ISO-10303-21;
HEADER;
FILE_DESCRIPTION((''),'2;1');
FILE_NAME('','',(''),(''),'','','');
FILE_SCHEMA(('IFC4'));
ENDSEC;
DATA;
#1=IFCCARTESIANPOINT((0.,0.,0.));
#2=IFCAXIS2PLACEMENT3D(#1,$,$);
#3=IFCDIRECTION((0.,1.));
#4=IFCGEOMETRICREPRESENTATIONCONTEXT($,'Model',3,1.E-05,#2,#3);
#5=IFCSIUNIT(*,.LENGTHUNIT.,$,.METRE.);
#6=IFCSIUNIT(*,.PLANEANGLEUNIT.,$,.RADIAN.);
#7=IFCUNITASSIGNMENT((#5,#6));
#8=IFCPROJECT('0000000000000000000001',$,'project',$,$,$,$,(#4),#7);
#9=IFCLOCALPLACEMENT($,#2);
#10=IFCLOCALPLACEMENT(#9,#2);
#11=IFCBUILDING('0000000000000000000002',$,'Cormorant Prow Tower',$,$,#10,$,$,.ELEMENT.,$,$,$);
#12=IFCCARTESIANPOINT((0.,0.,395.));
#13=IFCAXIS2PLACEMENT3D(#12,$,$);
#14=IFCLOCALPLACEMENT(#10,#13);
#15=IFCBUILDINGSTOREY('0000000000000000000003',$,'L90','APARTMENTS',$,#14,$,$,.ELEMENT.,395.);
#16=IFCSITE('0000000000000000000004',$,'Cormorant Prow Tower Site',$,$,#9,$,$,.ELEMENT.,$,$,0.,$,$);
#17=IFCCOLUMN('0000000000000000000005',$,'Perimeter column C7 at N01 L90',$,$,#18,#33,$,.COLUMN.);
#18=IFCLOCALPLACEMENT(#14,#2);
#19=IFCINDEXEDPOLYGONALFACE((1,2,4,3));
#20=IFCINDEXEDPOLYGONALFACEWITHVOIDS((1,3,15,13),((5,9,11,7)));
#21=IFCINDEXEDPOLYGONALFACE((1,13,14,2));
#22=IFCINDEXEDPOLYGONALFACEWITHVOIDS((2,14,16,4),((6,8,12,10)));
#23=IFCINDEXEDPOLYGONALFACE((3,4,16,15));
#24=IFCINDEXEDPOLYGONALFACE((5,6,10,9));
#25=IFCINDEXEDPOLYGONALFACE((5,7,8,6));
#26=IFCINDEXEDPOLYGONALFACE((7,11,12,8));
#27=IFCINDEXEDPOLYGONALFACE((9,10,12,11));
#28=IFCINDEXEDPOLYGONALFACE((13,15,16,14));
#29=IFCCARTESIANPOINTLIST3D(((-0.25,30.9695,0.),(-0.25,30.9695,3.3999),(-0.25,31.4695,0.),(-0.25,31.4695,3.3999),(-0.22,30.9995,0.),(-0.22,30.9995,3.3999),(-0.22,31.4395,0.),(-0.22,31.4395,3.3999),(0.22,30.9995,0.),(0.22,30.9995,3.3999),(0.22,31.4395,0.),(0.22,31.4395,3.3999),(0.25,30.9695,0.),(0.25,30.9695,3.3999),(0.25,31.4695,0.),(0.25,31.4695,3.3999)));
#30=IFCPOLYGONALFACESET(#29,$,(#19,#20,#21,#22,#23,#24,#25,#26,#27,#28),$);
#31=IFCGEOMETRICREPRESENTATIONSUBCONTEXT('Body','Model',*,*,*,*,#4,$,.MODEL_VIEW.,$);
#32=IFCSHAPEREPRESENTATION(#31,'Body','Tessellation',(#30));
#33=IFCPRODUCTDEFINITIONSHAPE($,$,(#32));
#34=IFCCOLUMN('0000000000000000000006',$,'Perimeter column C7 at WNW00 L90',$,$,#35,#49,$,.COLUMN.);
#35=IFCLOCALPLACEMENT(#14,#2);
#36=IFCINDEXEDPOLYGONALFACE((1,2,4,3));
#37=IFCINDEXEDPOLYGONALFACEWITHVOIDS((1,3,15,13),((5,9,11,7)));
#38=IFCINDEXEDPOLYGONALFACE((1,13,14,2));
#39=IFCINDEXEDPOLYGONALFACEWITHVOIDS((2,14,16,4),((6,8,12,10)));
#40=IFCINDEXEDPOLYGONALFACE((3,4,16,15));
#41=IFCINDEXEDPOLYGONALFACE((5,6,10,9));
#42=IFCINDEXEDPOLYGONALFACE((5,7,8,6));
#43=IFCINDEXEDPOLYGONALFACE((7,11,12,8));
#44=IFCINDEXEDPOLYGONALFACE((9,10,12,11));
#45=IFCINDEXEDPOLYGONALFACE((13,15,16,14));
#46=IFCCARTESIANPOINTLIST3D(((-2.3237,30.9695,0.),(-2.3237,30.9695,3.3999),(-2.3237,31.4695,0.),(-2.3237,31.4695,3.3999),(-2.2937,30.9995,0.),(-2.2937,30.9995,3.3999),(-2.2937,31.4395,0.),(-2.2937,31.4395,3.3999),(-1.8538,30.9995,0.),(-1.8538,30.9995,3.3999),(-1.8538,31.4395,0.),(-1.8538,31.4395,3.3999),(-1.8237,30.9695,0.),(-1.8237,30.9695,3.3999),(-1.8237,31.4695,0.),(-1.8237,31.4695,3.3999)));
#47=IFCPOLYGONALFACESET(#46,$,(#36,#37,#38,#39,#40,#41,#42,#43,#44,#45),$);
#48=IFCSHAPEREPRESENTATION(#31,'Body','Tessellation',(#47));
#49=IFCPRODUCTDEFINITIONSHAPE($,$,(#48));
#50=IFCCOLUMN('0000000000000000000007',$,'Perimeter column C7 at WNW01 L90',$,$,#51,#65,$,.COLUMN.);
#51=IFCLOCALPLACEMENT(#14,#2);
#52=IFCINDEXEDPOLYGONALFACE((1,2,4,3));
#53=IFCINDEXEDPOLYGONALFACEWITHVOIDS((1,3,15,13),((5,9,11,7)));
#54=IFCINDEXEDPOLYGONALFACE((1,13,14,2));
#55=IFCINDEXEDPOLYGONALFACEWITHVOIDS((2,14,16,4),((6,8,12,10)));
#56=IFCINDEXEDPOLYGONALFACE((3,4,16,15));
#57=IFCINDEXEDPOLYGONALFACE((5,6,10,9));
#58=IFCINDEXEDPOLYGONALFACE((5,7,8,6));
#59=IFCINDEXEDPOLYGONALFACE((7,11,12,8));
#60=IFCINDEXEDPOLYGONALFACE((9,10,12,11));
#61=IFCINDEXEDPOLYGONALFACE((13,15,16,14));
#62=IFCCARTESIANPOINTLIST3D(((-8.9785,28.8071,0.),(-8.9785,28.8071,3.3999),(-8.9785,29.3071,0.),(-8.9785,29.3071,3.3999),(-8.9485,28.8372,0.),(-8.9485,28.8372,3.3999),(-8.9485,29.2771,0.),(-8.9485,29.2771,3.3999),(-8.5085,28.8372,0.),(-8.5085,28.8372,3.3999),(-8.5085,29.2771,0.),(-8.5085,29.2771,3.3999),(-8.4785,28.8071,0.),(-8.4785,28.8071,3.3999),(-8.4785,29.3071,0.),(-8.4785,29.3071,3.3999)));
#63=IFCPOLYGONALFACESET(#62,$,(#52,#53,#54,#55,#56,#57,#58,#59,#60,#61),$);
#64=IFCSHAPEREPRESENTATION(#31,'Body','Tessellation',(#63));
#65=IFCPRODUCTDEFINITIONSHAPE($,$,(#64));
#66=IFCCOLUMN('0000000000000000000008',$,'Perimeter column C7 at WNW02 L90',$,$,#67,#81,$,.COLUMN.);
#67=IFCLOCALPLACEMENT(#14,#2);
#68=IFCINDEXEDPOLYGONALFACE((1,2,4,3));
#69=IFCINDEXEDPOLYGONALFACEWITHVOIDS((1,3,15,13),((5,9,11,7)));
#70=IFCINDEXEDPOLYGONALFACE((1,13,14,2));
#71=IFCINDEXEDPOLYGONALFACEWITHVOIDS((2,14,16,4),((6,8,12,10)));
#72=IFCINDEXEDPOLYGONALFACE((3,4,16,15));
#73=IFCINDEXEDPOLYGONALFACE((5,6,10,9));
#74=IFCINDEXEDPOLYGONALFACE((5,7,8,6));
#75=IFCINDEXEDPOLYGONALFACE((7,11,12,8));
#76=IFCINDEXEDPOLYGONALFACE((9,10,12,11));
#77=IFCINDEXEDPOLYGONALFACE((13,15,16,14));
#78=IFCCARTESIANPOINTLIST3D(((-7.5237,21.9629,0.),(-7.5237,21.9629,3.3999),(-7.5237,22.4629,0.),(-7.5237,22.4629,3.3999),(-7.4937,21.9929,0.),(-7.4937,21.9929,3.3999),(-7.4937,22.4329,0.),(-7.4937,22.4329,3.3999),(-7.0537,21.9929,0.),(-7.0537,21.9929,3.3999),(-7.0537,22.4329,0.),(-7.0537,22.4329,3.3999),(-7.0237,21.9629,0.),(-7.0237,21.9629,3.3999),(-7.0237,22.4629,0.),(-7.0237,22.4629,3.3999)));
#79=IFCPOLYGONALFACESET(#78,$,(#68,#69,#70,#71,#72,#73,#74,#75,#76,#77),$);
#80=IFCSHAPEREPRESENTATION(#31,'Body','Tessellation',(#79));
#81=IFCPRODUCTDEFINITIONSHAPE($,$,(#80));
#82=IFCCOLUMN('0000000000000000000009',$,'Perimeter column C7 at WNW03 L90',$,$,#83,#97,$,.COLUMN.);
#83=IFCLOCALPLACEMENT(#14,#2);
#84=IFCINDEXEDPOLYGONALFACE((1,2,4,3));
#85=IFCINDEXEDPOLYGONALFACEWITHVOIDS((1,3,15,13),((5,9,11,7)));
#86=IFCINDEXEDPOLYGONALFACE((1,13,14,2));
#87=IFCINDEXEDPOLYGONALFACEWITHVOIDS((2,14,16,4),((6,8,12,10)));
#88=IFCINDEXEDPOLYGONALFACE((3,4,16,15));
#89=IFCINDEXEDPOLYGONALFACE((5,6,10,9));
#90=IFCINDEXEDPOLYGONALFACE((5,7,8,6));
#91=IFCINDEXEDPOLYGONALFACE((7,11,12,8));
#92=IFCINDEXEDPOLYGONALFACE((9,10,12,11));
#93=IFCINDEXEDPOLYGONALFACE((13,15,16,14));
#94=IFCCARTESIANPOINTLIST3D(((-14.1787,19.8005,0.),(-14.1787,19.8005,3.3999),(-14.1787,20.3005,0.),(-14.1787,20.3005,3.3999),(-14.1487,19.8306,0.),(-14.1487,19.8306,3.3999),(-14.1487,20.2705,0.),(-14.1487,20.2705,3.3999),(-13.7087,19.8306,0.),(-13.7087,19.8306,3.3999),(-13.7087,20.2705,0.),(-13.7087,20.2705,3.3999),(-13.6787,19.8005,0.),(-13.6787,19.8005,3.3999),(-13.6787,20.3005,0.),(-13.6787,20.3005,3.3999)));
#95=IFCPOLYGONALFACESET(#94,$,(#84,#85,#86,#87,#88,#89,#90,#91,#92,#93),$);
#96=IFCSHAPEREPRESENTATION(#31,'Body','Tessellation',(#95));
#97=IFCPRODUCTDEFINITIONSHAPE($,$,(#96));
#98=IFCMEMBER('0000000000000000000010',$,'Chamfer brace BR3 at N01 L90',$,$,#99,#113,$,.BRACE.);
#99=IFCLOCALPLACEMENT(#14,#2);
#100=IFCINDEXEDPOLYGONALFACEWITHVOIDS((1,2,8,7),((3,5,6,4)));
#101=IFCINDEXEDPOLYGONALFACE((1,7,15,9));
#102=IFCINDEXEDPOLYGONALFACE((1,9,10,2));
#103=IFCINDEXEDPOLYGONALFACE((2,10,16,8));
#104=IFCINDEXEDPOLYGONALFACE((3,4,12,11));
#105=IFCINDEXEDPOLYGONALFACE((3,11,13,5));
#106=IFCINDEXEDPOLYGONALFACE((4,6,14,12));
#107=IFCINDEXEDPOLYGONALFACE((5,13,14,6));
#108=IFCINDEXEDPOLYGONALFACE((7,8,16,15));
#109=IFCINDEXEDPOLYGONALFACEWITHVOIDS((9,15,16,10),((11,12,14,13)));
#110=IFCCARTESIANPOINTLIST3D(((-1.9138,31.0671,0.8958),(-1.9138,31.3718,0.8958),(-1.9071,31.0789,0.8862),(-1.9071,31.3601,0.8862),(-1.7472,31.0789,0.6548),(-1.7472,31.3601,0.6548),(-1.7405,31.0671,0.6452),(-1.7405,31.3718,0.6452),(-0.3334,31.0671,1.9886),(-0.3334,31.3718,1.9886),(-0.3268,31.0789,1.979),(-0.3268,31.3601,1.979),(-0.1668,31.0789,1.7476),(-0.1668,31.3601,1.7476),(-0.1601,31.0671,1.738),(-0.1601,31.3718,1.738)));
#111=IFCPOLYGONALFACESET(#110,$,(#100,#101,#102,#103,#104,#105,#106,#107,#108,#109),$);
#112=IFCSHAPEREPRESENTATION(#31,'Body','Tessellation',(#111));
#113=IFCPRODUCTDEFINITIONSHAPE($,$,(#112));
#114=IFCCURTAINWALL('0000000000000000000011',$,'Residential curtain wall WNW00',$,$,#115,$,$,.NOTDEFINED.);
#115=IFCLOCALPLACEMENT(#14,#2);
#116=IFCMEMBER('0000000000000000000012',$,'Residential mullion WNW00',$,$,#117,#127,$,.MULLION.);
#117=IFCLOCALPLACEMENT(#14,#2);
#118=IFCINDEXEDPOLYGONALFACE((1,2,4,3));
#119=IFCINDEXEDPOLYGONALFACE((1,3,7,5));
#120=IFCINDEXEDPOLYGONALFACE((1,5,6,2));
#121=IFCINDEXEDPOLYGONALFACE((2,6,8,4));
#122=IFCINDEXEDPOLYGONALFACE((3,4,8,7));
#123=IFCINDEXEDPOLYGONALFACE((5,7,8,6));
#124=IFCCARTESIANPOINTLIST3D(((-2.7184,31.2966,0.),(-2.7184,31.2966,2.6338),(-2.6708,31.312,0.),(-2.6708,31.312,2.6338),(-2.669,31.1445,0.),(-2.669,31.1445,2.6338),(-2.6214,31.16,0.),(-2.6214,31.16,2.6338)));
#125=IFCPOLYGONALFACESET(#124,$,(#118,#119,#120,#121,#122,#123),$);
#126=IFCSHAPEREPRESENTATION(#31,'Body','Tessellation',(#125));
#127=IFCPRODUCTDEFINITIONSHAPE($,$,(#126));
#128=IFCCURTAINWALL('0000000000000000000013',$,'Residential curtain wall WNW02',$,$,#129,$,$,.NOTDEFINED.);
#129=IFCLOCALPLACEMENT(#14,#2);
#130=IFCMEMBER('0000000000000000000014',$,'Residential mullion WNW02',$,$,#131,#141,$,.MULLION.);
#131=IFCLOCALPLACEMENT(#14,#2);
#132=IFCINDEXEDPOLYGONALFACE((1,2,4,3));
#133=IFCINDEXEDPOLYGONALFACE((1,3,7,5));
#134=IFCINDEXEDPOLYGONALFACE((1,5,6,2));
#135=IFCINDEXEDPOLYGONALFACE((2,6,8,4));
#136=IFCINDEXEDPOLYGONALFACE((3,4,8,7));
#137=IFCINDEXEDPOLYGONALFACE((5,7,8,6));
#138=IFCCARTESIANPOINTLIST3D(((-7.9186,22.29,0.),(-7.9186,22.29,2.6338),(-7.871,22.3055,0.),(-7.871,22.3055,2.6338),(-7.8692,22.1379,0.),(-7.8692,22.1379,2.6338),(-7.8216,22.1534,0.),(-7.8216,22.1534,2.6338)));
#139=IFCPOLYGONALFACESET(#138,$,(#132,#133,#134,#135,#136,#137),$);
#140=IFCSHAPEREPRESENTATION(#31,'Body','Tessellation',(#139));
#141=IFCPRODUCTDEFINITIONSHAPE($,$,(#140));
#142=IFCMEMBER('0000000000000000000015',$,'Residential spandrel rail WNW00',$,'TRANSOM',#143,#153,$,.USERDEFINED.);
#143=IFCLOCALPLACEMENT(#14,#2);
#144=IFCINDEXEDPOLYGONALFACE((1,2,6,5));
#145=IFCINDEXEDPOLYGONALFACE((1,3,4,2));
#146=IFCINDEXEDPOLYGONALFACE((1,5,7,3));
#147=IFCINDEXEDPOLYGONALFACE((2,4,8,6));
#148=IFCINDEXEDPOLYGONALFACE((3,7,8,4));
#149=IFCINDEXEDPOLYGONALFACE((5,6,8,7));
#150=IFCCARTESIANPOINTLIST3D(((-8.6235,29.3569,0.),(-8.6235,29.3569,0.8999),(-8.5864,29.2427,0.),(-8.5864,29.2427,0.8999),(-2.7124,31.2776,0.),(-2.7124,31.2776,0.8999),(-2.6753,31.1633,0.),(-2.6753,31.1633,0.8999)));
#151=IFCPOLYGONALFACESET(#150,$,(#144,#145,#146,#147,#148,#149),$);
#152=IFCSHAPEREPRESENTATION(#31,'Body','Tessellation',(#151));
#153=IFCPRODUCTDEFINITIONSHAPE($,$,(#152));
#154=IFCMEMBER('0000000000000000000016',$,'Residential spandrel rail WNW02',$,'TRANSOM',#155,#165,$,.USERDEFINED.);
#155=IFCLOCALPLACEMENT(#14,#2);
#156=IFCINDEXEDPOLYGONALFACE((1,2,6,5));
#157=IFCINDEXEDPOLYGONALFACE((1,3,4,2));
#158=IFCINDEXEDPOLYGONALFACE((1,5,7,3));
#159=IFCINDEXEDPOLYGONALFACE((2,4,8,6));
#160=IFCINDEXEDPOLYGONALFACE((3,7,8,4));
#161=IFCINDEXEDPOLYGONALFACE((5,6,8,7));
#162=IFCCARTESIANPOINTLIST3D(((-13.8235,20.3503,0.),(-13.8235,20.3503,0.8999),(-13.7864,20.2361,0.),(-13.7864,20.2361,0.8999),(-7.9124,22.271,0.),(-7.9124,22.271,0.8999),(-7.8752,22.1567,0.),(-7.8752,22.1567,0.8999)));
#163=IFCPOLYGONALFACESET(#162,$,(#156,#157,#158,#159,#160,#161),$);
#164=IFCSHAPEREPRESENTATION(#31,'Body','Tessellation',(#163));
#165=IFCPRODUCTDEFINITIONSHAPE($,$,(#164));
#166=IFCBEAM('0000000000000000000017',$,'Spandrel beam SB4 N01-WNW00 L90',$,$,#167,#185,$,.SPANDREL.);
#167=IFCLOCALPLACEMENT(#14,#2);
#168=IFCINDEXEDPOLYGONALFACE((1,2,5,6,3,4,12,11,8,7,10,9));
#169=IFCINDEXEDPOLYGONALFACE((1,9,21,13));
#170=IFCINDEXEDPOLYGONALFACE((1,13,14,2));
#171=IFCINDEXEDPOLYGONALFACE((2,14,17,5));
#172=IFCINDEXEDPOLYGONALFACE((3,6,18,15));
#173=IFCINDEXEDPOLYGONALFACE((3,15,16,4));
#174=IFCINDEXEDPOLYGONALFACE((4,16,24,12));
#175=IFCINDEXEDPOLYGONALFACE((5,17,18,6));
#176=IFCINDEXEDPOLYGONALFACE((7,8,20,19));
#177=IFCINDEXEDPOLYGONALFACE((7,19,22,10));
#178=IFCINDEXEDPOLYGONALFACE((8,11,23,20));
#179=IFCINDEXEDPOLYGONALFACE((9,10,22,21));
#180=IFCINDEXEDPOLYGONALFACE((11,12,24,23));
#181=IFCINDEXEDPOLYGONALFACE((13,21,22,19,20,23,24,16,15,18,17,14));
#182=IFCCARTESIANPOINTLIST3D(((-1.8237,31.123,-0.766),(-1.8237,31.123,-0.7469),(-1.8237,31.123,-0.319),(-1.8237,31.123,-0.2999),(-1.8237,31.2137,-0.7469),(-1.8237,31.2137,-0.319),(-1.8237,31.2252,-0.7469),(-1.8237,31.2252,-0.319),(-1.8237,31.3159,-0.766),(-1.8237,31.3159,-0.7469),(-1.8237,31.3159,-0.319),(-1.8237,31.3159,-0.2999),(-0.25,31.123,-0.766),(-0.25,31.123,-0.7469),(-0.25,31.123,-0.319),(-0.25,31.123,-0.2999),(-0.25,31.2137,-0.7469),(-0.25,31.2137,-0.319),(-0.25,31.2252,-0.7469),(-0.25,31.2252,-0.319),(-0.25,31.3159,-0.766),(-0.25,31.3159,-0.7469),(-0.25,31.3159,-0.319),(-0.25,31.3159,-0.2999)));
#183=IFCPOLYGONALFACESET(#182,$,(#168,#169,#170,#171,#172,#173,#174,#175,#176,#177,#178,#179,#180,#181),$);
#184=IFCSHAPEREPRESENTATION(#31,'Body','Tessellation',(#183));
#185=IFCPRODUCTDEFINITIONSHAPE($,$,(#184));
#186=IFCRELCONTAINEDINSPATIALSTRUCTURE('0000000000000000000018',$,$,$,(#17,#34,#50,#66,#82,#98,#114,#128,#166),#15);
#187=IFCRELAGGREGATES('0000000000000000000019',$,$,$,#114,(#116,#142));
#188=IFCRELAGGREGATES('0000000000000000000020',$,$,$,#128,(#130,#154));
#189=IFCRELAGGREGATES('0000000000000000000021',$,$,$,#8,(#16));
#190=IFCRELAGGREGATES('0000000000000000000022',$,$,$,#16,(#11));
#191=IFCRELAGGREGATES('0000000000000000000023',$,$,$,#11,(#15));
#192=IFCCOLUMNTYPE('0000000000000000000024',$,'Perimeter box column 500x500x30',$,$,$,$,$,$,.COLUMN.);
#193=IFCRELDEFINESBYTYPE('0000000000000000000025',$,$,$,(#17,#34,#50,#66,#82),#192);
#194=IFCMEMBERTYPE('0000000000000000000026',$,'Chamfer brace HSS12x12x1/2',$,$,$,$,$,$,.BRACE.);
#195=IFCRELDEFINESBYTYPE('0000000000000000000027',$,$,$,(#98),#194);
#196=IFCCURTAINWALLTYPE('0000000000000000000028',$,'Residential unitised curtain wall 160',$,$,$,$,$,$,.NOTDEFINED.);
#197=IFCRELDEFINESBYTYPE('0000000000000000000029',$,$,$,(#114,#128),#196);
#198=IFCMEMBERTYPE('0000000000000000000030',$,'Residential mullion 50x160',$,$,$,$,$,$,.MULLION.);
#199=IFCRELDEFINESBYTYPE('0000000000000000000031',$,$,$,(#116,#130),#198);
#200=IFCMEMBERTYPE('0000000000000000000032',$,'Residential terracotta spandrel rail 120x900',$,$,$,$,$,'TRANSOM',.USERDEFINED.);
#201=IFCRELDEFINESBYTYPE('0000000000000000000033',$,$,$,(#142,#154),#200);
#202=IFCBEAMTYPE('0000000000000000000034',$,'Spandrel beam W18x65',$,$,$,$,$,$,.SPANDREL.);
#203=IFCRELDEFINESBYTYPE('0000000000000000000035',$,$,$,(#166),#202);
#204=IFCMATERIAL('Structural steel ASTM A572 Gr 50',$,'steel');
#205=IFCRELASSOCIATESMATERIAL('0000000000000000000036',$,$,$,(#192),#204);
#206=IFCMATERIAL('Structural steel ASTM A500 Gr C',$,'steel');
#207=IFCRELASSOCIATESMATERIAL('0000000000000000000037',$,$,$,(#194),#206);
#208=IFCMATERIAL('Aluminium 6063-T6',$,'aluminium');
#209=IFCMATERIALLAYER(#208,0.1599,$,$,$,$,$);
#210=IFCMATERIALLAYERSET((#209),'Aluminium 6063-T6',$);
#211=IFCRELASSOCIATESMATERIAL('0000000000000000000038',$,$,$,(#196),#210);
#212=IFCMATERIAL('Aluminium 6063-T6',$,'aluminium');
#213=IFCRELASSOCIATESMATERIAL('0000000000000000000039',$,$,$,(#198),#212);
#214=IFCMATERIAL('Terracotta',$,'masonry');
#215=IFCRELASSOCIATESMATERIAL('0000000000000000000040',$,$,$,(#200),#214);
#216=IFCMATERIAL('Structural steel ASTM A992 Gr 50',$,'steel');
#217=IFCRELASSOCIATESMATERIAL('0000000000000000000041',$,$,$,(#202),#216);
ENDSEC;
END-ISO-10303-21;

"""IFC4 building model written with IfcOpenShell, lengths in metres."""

from ifc_helpers import new_model, si_unit, direction, frame, origin, origin_2d, place, context, subcontext, project, spatial, rectangle, hollow_rectangle, i_section, extrude, material, layer, layer_set, material_profile, profile_set, type_object, element, aggregate, save


model = new_model("IFC4")

# Units and contexts
model_context = context("Model", 3, precision=1e-05, world=origin(), true_north=direction((0.0, 1.0)))
body_context = subcontext(model_context, "Body", "Model", "MODEL_VIEW")
ifc_project = project(units=[si_unit("LENGTHUNIT", "METRE"), si_unit("PLANEANGLEUNIT", "RADIAN")], contexts=[model_context])

# Site, building, storey
site_placement = place(None, origin())
site = spatial("IfcSite", under=ifc_project, at=site_placement, Name="Cormorant Prow Tower Site", CompositionType="ELEMENT", RefElevation=0.0)
building_placement = place(site_placement, origin())
building = spatial("IfcBuilding", under=site, at=building_placement, Name="Cormorant Prow Tower", CompositionType="ELEMENT")
storey_placement = place(building_placement, frame((0.0, 0.0, 395.0)))
storey = spatial("IfcBuildingStorey", under=building, at=storey_placement, Name="L90", Description="APARTMENTS", CompositionType="ELEMENT", Elevation=395.0)

# Columns
ifc_material_1 = material(Name="Structural steel ASTM A572 Gr 50", Category="steel")
ifc_material_profile_1 = material_profile(ifc_material_1, hollow_rectangle(XDim=0.5, YDim=0.5, WallThickness=0.03, at=origin_2d()), Name="Box 500x500x30")
ifc_profile_set_1 = profile_set([ifc_material_profile_1], Name="Structural steel ASTM A572 Gr 50")
column_type = type_object("IfcColumnType", Name="Perimeter box column 500x500x30", PredefinedType="COLUMN", material=ifc_profile_set_1)
for number, where, z_axis, x_axis, name in (
    (1, (0.0, 31.2195, 0.0), (0.0, 0.0, 1.0), (1.0, 0.0, 0.0), "Perimeter column C7 at N01 L90"),
    (2, (-2.0737, 31.2195, 0.0), (0.0, 0.0, 1.0), (1.0, 0.0, 0.0), "Perimeter column C7 at WNW00 L90"),
    (3, (-8.7285, 29.0571, 0.0), (0.0, 0.0, 1.0), (1.0, 0.0, 0.0), "Perimeter column C7 at WNW01 L90"),
    (4, (-7.2737, 22.2129, 0.0), (0.0, 0.0, 1.0), (1.0, 0.0, 0.0), "Perimeter column C7 at WNW02 L90"),
    (5, (-13.9287, 20.0505, 0.0), (0.0, 0.0, 1.0), (1.0, 0.0, 0.0), "Perimeter column C7 at WNW03 L90"),
):
    element("IfcColumn", number, at=place(storey_placement, frame(where, z_axis=z_axis, x_axis=x_axis)), inside=storey, type_object=column_type, Name=name, PredefinedType="COLUMN", context=body_context, shape_type="SweptSolid", body=[
        extrude(hollow_rectangle(XDim=0.5, YDim=0.5, WallThickness=0.03, at=origin_2d()), origin(), (0.0, 0.0, 1.0), 3.3999),
    ])

# Member
ifc_material_2 = material(Name="Structural steel ASTM A500 Gr C", Category="steel")
ifc_material_profile_2 = material_profile(ifc_material_2, hollow_rectangle(XDim=0.3047, YDim=0.3047, WallThickness=0.0117, at=origin_2d()), Name="HSS12x12x1/2")
ifc_profile_set_2 = profile_set([ifc_material_profile_2], Name="Structural steel ASTM A500 Gr C")
member_type_1 = type_object("IfcMemberType", Name="Chamfer brace HSS12x12x1/2", PredefinedType="BRACE", material=ifc_profile_set_2)
member_1_placement = place(storey_placement, frame((-1.8271, 31.2195, 0.7705), z_axis=(0.822508, 0.0, 0.568754), x_axis=(0.0, 1.0, 0.0)))
element("IfcMember", 6, at=member_1_placement, inside=storey, type_object=member_type_1, Name="Chamfer brace BR3 at N01 L90", PredefinedType="BRACE", context=body_context, shape_type="SweptSolid", body=[
    extrude(hollow_rectangle(XDim=0.3047, YDim=0.3047, WallThickness=0.0117, at=origin_2d()), origin(), (0.0, 0.0, 1.0), 1.9214),
])

# Curtain walls, members
ifc_material_3 = material(Name="Aluminium 6063-T6", Category="aluminium")
ifc_layer_1 = layer(ifc_material_3, 0.1599)
ifc_layer_set_1 = layer_set([ifc_layer_1], Name="Aluminium 6063-T6")
curtain_wall_type = type_object("IfcCurtainWallType", Name="Residential unitised curtain wall 160", PredefinedType="NOTDEFINED", material=ifc_layer_set_1)
curtain_wall_1_placement = place(storey_placement, origin())
curtain_wall_1 = element("IfcCurtainWall", 7, at=curtain_wall_1_placement, inside=storey, type_object=curtain_wall_type, Name="Residential curtain wall WNW00", PredefinedType="NOTDEFINED")
ifc_material_4 = material(Name="Aluminium 6063-T6", Category="aluminium")
ifc_material_profile_3 = material_profile(ifc_material_4, rectangle(XDim=0.1599, YDim=0.05, at=origin_2d()), Name="Residential mullion 50x160")
ifc_profile_set_3 = profile_set([ifc_material_profile_3], Name="Aluminium 6063-T6")
member_type_2 = type_object("IfcMemberType", Name="Residential mullion 50x160", PredefinedType="MULLION", material=ifc_profile_set_3)
member_2_placement = place(storey_placement, frame((-2.6699, 31.2283, 0.0), z_axis=(0.0, 0.0, 1.0), x_axis=(0.309017, -0.951057, 0.0)))
member_2 = element("IfcMember", 8, at=member_2_placement, type_object=member_type_2, Name="Residential mullion WNW00", PredefinedType="MULLION", context=body_context, shape_type="SweptSolid", body=[
    extrude(rectangle(XDim=0.1599, YDim=0.05, at=origin_2d()), origin(), (0.0, 0.0, 1.0), 2.6338),
])
curtain_wall_2_placement = place(storey_placement, origin())
curtain_wall_2 = element("IfcCurtainWall", 9, at=curtain_wall_2_placement, inside=storey, type_object=curtain_wall_type, Name="Residential curtain wall WNW02", PredefinedType="NOTDEFINED")
member_3_placement = place(storey_placement, frame((-7.8701, 22.2217, 0.0), z_axis=(0.0, 0.0, 1.0), x_axis=(0.309017, -0.951057, 0.0)))
member_3 = element("IfcMember", 10, at=member_3_placement, type_object=member_type_2, Name="Residential mullion WNW02", PredefinedType="MULLION", context=body_context, shape_type="SweptSolid", body=[
    extrude(rectangle(XDim=0.1599, YDim=0.05, at=origin_2d()), origin(), (0.0, 0.0, 1.0), 2.6338),
])

# Members
ifc_material_5 = material(Name="Terracotta", Category="masonry")
ifc_material_profile_4 = material_profile(ifc_material_5, rectangle(XDim=0.1201, YDim=0.8999, at=origin_2d()), Name="Residential terracotta spandrel rail 120x900")
ifc_profile_set_4 = profile_set([ifc_material_profile_4], Name="Terracotta")
member_type_3 = type_object("IfcMemberType", Name="Residential terracotta spandrel rail 120x900", ElementType="TRANSOM", PredefinedType="USERDEFINED", material=ifc_profile_set_4)
member_4_placement = place(storey_placement, frame((-2.6938, 31.2205, 0.45), z_axis=(-0.951056, -0.309019, 0.0), x_axis=(0.309019, -0.951056, 0.0)))
member_4 = element("IfcMember", 11, at=member_4_placement, type_object=member_type_3, Name="Residential spandrel rail WNW00", ObjectType="TRANSOM", PredefinedType="USERDEFINED", context=body_context, shape_type="SweptSolid", body=[
    extrude(rectangle(XDim=0.1201, YDim=0.8999, at=origin_2d()), origin(), (0.0, 0.0, 1.0), 6.2153),
])
member_5_placement = place(storey_placement, frame((-7.8938, 22.2139, 0.45), z_axis=(-0.951056, -0.309019, 0.0), x_axis=(0.309019, -0.951056, 0.0)))
member_5 = element("IfcMember", 12, at=member_5_placement, type_object=member_type_3, Name="Residential spandrel rail WNW02", ObjectType="TRANSOM", PredefinedType="USERDEFINED", context=body_context, shape_type="SweptSolid", body=[
    extrude(rectangle(XDim=0.1201, YDim=0.8999, at=origin_2d()), origin(), (0.0, 0.0, 1.0), 6.2153),
])

# Beam
ifc_material_6 = material(Name="Structural steel ASTM A992 Gr 50", Category="steel")
ifc_material_profile_5 = material_profile(ifc_material_6, i_section(OverallWidth=0.1929, OverallDepth=0.4661, WebThickness=0.0115, FlangeThickness=0.019, at=origin_2d()), Name="W18x65")
ifc_profile_set_5 = profile_set([ifc_material_profile_5], Name="Structural steel ASTM A992 Gr 50")
beam_type = type_object("IfcBeamType", Name="Spandrel beam W18x65", PredefinedType="SPANDREL", material=ifc_profile_set_5)
beam_1_placement = place(storey_placement, frame((-0.25, 31.2195, -0.533), z_axis=(-1.0, 0.0, 0.0), x_axis=(0.0, -1.0, 0.0)))
element("IfcBeam", 13, at=beam_1_placement, inside=storey, type_object=beam_type, Name="Spandrel beam SB4 N01-WNW00 L90", PredefinedType="SPANDREL", context=body_context, shape_type="SweptSolid", body=[
    extrude(i_section(OverallWidth=0.1929, OverallDepth=0.4661, WebThickness=0.0115, FlangeThickness=0.019, at=origin_2d()), origin(), (0.0, 0.0, 1.0), 1.5737),
])

aggregate(curtain_wall_1, [member_2, member_4])
aggregate(curtain_wall_2, [member_3, member_5])

save(model, "model.ifc")
